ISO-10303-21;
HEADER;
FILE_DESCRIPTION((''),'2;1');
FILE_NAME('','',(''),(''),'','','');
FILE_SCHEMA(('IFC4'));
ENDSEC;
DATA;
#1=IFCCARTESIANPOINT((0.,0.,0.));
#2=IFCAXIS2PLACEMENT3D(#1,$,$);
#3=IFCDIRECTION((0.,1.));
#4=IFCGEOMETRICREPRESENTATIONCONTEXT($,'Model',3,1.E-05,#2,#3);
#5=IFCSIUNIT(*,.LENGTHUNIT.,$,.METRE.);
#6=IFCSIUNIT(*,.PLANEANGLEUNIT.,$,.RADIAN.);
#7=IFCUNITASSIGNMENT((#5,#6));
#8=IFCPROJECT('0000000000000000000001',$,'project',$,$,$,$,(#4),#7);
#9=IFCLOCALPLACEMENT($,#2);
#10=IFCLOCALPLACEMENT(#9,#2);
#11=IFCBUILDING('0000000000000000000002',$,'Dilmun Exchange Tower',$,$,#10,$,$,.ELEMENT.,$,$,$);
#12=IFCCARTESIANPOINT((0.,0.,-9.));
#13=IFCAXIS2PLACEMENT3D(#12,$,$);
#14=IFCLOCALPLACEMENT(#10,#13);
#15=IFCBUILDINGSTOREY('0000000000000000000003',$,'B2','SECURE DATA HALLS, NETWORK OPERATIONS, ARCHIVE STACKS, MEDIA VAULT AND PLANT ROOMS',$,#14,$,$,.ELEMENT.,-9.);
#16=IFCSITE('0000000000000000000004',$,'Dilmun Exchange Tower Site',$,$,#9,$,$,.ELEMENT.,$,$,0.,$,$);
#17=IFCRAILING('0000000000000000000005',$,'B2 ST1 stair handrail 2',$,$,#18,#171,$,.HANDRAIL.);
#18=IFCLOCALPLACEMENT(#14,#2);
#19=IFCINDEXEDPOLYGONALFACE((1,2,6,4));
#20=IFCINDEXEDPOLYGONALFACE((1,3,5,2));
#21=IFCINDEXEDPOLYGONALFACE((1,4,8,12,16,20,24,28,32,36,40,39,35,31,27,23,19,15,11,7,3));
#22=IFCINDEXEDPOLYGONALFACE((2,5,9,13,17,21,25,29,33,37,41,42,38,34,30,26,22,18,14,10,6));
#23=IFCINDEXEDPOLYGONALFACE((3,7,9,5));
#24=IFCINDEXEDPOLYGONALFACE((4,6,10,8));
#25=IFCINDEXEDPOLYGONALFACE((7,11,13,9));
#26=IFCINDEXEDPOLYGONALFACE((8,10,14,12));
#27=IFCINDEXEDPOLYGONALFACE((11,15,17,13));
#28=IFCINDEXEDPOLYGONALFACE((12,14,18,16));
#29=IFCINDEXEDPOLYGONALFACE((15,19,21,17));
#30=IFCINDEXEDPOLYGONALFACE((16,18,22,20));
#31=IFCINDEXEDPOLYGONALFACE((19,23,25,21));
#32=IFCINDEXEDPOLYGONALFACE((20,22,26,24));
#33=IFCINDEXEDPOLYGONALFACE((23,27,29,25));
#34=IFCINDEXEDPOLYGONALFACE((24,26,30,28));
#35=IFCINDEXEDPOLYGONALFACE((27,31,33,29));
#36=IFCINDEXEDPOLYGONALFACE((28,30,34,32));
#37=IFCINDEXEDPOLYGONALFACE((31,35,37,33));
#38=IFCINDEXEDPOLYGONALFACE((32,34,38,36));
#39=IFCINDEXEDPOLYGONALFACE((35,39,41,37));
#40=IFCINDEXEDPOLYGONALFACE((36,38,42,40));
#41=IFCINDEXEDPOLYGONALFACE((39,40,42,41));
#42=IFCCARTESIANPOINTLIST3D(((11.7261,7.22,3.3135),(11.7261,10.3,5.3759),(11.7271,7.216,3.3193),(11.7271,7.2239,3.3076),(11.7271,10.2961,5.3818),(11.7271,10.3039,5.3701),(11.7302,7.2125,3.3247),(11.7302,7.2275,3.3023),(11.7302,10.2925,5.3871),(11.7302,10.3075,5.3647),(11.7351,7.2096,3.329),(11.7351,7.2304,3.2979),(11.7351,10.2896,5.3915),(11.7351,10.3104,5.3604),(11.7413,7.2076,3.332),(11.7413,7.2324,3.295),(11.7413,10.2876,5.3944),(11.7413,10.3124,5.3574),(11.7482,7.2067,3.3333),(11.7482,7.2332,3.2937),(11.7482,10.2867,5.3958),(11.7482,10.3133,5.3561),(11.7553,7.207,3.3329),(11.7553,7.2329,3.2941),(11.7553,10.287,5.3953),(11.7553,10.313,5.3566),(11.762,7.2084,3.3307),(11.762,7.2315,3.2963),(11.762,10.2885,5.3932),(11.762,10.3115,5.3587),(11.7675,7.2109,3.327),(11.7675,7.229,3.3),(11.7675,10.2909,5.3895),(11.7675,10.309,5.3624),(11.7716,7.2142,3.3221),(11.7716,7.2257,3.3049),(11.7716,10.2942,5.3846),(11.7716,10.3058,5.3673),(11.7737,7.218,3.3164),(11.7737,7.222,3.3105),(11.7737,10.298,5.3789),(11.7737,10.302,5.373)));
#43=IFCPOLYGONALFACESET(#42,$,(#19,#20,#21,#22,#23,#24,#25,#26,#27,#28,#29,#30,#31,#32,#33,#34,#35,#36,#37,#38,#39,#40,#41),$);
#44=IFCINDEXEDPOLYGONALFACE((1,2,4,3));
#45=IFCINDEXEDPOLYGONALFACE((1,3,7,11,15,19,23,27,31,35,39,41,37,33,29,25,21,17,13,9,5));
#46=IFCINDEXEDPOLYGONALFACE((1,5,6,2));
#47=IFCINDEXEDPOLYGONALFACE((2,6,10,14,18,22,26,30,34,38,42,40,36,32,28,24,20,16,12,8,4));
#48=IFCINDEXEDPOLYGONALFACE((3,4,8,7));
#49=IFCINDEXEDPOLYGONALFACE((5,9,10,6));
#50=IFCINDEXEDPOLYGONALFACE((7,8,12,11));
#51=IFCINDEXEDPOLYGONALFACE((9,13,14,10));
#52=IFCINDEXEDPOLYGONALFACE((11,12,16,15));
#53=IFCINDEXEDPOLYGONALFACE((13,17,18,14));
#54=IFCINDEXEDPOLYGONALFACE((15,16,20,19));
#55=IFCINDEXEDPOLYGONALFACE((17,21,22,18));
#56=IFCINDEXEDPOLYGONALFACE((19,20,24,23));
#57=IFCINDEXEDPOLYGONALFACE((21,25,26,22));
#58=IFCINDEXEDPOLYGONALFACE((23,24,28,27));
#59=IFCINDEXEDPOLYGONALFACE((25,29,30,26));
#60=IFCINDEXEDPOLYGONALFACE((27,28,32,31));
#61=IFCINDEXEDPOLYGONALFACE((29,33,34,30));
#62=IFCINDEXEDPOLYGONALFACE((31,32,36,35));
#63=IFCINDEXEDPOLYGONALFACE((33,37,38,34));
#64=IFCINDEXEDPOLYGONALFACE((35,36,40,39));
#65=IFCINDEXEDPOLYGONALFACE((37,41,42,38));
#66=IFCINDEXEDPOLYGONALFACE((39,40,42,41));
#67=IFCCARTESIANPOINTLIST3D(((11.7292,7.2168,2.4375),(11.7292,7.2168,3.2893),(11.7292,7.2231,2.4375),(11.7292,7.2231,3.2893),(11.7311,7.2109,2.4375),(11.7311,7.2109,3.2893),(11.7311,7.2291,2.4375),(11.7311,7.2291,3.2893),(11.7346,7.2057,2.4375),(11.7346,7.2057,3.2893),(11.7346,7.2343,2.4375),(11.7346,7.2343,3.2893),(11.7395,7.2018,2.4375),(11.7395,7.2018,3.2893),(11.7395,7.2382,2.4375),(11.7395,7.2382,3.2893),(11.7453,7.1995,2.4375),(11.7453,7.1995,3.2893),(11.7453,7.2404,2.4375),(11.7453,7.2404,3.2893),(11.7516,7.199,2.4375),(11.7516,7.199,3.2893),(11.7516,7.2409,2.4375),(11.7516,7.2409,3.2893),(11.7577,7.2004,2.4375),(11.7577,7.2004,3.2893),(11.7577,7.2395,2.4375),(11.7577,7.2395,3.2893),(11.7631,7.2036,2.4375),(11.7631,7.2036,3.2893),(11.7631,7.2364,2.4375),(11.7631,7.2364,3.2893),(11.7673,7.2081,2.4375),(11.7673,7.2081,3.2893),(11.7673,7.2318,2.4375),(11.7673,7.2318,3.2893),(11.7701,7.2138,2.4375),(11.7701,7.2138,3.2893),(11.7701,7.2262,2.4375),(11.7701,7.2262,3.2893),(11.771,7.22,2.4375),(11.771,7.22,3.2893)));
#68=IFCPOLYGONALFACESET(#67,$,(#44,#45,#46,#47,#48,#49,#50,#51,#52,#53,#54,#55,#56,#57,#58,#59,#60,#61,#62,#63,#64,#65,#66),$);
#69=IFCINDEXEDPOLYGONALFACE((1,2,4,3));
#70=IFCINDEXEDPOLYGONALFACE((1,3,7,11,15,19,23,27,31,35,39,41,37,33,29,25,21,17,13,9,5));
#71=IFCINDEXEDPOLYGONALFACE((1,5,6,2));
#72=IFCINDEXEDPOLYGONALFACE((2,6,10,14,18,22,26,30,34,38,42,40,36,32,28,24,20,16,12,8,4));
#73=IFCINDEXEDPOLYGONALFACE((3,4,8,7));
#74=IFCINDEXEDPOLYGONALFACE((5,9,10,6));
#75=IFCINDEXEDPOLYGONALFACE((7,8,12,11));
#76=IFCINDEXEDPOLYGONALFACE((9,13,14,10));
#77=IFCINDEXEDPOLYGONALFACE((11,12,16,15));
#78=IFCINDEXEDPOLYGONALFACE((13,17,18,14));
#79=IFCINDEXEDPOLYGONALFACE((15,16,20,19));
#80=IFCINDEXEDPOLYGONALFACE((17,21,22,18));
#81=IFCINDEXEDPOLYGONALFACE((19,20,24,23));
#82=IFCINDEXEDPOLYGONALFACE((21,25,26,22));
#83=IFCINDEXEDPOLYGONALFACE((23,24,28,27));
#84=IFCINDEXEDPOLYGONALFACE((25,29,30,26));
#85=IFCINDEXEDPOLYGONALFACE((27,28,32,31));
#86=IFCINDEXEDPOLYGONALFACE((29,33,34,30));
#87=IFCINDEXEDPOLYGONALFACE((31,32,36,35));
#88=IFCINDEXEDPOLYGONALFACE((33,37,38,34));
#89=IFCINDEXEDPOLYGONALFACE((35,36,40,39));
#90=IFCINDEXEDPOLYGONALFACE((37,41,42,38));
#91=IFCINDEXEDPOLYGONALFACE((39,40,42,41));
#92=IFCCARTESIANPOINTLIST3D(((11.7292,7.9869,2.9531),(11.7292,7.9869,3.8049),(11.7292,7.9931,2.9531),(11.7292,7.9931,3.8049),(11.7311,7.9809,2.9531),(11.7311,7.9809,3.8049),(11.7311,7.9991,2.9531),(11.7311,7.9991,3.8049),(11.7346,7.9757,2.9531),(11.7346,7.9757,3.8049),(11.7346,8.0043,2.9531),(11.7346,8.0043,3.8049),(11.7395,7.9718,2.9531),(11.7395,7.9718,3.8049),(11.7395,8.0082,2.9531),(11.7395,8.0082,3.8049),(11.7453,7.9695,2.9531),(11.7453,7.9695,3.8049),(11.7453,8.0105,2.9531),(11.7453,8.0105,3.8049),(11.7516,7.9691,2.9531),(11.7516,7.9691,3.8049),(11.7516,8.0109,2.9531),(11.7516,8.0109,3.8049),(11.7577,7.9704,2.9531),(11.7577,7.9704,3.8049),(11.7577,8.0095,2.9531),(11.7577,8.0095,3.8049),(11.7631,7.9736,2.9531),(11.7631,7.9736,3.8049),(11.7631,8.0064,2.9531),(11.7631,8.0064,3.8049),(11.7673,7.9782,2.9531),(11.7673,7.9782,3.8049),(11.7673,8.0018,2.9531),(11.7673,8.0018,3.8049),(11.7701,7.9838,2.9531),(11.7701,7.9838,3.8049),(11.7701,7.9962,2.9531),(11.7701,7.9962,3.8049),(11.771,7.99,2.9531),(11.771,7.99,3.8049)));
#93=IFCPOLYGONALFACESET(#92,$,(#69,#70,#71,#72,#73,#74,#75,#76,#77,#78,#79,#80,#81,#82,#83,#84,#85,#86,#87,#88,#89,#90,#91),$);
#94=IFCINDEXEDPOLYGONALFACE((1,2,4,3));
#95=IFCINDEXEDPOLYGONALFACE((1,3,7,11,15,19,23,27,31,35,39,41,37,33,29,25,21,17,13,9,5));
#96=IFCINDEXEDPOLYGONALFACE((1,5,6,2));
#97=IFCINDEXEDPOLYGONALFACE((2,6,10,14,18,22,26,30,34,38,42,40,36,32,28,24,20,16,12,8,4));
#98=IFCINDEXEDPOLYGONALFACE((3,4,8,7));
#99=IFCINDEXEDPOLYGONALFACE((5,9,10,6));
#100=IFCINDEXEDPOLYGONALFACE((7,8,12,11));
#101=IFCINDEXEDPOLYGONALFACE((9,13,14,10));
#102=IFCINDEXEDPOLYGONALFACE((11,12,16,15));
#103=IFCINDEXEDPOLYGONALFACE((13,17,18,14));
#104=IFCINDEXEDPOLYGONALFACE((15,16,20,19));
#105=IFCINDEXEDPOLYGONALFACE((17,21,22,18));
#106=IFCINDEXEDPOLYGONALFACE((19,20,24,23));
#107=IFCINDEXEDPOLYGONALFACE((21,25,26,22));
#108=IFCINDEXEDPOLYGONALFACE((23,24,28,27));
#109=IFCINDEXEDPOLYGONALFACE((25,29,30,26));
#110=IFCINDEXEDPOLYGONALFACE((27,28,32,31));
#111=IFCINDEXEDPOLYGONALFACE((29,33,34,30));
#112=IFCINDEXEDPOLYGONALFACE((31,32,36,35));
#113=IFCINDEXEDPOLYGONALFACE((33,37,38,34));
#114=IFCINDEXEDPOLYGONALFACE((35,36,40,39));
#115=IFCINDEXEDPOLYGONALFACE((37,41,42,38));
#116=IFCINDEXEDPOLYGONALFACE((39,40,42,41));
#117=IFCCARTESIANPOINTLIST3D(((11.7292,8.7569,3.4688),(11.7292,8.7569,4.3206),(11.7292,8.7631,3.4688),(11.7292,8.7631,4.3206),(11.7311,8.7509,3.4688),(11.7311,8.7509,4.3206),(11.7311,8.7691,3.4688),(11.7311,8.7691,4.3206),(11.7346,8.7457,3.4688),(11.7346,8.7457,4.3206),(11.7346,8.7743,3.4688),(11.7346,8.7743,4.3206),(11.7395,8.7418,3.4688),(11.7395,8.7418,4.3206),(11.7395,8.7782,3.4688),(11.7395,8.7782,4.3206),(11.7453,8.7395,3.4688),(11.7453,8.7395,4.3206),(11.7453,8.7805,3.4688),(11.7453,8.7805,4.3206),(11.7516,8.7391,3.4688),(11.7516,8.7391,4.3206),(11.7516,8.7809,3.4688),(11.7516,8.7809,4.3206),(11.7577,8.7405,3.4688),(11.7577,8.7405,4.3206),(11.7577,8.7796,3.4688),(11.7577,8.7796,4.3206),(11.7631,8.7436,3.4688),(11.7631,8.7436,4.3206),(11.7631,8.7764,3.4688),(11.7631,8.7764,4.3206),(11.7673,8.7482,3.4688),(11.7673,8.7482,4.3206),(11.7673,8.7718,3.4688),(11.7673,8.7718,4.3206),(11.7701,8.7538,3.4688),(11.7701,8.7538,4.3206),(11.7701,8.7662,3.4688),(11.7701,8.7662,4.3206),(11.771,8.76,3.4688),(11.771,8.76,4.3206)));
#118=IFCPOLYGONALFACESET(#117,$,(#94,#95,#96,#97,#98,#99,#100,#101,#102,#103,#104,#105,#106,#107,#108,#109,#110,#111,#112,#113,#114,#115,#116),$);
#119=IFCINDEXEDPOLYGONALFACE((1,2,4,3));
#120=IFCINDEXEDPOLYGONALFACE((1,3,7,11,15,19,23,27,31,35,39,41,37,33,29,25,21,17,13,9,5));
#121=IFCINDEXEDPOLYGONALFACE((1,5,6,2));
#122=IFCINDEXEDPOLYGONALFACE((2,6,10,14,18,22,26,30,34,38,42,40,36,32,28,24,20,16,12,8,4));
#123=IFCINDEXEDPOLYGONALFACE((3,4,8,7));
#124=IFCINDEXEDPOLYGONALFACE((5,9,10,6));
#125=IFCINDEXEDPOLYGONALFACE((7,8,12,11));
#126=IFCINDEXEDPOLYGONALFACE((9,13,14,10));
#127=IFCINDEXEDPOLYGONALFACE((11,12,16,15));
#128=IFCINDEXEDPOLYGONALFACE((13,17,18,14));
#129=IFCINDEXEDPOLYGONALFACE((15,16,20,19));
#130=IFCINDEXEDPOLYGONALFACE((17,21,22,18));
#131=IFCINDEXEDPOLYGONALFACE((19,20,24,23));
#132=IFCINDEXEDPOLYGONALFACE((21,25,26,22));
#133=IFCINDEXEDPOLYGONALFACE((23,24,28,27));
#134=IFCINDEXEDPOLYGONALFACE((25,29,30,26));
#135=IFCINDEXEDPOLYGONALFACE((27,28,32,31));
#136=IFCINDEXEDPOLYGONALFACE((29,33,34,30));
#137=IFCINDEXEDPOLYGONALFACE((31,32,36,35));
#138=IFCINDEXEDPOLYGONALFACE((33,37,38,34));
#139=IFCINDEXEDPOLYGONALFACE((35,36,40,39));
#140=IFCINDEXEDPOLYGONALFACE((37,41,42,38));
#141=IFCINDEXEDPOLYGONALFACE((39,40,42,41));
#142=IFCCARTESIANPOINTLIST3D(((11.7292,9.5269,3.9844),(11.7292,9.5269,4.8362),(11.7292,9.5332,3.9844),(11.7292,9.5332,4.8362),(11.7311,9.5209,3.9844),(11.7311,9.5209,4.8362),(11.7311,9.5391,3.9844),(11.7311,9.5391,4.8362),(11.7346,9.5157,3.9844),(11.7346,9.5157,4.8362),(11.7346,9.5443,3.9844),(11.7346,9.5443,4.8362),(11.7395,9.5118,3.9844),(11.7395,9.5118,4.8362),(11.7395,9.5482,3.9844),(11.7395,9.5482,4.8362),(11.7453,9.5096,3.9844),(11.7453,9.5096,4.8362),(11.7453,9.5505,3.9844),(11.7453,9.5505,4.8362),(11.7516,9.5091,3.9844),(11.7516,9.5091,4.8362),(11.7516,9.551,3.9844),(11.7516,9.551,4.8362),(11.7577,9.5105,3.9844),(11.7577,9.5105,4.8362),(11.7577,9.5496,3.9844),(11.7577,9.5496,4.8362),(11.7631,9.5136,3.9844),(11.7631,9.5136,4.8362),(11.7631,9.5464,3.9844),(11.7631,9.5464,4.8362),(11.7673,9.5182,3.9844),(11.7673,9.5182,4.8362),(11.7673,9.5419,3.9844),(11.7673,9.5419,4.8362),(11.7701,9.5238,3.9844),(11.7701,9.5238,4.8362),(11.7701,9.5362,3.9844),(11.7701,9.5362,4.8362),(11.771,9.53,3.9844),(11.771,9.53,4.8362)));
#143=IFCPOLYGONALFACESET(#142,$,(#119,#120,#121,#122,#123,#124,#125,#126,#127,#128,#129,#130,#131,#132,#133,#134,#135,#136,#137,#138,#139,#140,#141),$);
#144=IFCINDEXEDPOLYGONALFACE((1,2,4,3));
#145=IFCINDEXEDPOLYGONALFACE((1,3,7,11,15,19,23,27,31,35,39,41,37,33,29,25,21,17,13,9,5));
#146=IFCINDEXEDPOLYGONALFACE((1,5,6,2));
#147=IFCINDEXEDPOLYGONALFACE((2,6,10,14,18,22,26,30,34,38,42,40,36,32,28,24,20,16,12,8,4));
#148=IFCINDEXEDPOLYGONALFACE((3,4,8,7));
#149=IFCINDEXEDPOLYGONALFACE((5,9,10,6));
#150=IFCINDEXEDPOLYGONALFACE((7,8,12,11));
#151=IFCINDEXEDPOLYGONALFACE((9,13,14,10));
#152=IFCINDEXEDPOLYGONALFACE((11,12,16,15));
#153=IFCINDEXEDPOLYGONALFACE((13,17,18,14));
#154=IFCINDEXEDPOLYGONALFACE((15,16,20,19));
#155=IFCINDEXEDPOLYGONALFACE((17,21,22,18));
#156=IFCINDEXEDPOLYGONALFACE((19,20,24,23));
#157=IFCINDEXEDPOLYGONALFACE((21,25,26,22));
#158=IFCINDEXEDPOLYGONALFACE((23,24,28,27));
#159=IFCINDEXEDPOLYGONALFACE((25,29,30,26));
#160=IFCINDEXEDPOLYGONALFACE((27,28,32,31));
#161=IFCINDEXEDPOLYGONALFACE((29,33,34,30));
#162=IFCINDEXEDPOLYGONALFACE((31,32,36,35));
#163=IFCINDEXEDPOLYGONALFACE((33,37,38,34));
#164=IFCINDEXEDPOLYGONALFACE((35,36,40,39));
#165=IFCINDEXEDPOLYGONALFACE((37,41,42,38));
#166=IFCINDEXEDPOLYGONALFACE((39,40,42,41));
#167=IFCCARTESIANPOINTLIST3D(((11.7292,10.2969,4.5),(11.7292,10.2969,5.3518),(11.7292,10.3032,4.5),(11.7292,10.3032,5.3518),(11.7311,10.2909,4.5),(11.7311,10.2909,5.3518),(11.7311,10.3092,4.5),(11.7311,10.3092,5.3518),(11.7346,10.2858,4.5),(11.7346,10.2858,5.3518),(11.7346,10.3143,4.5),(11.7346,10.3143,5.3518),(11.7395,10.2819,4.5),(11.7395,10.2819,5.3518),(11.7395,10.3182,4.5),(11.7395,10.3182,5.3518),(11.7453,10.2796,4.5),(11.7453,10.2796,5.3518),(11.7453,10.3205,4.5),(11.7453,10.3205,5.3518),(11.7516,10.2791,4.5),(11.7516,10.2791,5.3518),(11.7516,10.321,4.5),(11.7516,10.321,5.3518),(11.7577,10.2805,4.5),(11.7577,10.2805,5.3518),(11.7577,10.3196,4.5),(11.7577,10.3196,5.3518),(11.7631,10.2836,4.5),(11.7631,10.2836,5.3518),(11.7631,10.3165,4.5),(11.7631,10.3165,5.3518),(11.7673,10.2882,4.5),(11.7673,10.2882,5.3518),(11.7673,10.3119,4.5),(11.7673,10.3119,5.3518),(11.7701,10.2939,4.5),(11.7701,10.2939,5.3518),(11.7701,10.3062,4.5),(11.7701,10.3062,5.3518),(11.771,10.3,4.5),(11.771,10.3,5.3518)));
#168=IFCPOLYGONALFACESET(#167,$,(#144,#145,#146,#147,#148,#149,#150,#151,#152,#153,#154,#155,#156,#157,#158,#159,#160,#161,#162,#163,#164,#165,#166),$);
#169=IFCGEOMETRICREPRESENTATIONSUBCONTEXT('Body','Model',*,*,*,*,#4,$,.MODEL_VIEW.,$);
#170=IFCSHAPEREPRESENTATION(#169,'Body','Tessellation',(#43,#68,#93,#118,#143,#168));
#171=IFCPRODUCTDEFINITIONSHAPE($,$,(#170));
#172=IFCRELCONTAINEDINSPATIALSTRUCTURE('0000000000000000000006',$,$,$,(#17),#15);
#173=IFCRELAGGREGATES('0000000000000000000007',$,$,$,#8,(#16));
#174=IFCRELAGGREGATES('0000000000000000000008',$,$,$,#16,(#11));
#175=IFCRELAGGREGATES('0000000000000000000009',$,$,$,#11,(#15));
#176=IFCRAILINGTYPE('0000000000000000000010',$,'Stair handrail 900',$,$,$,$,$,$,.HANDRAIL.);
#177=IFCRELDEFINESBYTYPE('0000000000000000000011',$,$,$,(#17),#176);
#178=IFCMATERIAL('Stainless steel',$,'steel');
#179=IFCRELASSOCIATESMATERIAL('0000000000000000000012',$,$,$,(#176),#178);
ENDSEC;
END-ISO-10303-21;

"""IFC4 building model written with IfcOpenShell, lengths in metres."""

from ifc_helpers import new_model, si_unit, direction, frame, origin, origin_2d, place, context, subcontext, project, spatial, circle, extrude, material, type_object, element, save


model = new_model("IFC4")

# Units and contexts
model_context = context("Model", 3, precision=1e-05, world=origin(), true_north=direction((0.0, 1.0)))
body_context = subcontext(model_context, "Body", "Model", "MODEL_VIEW")
ifc_project = project(units=[si_unit("LENGTHUNIT", "METRE"), si_unit("PLANEANGLEUNIT", "RADIAN")], contexts=[model_context])

# Site, building, storey
site_placement = place(None, origin())
site = spatial("IfcSite", under=ifc_project, at=site_placement, Name="Dilmun Exchange Tower Site", CompositionType="ELEMENT", RefElevation=0.0)
building_placement = place(site_placement, origin())
building = spatial("IfcBuilding", under=site, at=building_placement, Name="Dilmun Exchange Tower", CompositionType="ELEMENT")
storey_placement = place(building_placement, frame((0.0, 0.0, -9.0)))
storey = spatial("IfcBuildingStorey", under=building, at=storey_placement, Name="B2", Description="SECURE DATA HALLS, NETWORK OPERATIONS, ARCHIVE STACKS, MEDIA VAULT AND PLANT ROOMS", CompositionType="ELEMENT", Elevation=-9.0)

# Railing
ifc_material_1 = material(Name="Stainless steel", Category="steel")
railing_type = type_object("IfcRailingType", Name="Stair handrail 900", PredefinedType="HANDRAIL", material=ifc_material_1)
railing_1_placement = place(storey_placement, frame((11.75, 7.22, 2.4375)))
element("IfcRailing", 1, at=railing_1_placement, inside=storey, type_object=railing_type, Name="B2 ST1 stair handrail 2", PredefinedType="HANDRAIL", context=body_context, shape_type="SweptSolid", body=[
    extrude(circle(Radius=0.0239, at=origin_2d()), frame((0.0, 0.0, 0.876), z_axis=(0.0, 0.830914, 0.556401), x_axis=(-1.0, 0.0, 0.0)), (0.0, 0.0, 1.0), 3.7068),
    extrude(circle(Radius=0.021, at=origin_2d()), origin(), (0.0, 0.0, 1.0), 0.8518),
    extrude(circle(Radius=0.021, at=origin_2d()), frame((0.0, 0.77, 0.5156)), (0.0, 0.0, 1.0), 0.8518),
    extrude(circle(Radius=0.021, at=origin_2d()), frame((0.0, 1.54, 1.0312)), (0.0, 0.0, 1.0), 0.8518),
    extrude(circle(Radius=0.021, at=origin_2d()), frame((0.0, 2.3101, 1.5469)), (0.0, 0.0, 1.0), 0.8518),
    extrude(circle(Radius=0.021, at=origin_2d()), frame((0.0, 3.0801, 2.0625)), (0.0, 0.0, 1.0), 0.8518),
])

save(model, "model.ifc")
